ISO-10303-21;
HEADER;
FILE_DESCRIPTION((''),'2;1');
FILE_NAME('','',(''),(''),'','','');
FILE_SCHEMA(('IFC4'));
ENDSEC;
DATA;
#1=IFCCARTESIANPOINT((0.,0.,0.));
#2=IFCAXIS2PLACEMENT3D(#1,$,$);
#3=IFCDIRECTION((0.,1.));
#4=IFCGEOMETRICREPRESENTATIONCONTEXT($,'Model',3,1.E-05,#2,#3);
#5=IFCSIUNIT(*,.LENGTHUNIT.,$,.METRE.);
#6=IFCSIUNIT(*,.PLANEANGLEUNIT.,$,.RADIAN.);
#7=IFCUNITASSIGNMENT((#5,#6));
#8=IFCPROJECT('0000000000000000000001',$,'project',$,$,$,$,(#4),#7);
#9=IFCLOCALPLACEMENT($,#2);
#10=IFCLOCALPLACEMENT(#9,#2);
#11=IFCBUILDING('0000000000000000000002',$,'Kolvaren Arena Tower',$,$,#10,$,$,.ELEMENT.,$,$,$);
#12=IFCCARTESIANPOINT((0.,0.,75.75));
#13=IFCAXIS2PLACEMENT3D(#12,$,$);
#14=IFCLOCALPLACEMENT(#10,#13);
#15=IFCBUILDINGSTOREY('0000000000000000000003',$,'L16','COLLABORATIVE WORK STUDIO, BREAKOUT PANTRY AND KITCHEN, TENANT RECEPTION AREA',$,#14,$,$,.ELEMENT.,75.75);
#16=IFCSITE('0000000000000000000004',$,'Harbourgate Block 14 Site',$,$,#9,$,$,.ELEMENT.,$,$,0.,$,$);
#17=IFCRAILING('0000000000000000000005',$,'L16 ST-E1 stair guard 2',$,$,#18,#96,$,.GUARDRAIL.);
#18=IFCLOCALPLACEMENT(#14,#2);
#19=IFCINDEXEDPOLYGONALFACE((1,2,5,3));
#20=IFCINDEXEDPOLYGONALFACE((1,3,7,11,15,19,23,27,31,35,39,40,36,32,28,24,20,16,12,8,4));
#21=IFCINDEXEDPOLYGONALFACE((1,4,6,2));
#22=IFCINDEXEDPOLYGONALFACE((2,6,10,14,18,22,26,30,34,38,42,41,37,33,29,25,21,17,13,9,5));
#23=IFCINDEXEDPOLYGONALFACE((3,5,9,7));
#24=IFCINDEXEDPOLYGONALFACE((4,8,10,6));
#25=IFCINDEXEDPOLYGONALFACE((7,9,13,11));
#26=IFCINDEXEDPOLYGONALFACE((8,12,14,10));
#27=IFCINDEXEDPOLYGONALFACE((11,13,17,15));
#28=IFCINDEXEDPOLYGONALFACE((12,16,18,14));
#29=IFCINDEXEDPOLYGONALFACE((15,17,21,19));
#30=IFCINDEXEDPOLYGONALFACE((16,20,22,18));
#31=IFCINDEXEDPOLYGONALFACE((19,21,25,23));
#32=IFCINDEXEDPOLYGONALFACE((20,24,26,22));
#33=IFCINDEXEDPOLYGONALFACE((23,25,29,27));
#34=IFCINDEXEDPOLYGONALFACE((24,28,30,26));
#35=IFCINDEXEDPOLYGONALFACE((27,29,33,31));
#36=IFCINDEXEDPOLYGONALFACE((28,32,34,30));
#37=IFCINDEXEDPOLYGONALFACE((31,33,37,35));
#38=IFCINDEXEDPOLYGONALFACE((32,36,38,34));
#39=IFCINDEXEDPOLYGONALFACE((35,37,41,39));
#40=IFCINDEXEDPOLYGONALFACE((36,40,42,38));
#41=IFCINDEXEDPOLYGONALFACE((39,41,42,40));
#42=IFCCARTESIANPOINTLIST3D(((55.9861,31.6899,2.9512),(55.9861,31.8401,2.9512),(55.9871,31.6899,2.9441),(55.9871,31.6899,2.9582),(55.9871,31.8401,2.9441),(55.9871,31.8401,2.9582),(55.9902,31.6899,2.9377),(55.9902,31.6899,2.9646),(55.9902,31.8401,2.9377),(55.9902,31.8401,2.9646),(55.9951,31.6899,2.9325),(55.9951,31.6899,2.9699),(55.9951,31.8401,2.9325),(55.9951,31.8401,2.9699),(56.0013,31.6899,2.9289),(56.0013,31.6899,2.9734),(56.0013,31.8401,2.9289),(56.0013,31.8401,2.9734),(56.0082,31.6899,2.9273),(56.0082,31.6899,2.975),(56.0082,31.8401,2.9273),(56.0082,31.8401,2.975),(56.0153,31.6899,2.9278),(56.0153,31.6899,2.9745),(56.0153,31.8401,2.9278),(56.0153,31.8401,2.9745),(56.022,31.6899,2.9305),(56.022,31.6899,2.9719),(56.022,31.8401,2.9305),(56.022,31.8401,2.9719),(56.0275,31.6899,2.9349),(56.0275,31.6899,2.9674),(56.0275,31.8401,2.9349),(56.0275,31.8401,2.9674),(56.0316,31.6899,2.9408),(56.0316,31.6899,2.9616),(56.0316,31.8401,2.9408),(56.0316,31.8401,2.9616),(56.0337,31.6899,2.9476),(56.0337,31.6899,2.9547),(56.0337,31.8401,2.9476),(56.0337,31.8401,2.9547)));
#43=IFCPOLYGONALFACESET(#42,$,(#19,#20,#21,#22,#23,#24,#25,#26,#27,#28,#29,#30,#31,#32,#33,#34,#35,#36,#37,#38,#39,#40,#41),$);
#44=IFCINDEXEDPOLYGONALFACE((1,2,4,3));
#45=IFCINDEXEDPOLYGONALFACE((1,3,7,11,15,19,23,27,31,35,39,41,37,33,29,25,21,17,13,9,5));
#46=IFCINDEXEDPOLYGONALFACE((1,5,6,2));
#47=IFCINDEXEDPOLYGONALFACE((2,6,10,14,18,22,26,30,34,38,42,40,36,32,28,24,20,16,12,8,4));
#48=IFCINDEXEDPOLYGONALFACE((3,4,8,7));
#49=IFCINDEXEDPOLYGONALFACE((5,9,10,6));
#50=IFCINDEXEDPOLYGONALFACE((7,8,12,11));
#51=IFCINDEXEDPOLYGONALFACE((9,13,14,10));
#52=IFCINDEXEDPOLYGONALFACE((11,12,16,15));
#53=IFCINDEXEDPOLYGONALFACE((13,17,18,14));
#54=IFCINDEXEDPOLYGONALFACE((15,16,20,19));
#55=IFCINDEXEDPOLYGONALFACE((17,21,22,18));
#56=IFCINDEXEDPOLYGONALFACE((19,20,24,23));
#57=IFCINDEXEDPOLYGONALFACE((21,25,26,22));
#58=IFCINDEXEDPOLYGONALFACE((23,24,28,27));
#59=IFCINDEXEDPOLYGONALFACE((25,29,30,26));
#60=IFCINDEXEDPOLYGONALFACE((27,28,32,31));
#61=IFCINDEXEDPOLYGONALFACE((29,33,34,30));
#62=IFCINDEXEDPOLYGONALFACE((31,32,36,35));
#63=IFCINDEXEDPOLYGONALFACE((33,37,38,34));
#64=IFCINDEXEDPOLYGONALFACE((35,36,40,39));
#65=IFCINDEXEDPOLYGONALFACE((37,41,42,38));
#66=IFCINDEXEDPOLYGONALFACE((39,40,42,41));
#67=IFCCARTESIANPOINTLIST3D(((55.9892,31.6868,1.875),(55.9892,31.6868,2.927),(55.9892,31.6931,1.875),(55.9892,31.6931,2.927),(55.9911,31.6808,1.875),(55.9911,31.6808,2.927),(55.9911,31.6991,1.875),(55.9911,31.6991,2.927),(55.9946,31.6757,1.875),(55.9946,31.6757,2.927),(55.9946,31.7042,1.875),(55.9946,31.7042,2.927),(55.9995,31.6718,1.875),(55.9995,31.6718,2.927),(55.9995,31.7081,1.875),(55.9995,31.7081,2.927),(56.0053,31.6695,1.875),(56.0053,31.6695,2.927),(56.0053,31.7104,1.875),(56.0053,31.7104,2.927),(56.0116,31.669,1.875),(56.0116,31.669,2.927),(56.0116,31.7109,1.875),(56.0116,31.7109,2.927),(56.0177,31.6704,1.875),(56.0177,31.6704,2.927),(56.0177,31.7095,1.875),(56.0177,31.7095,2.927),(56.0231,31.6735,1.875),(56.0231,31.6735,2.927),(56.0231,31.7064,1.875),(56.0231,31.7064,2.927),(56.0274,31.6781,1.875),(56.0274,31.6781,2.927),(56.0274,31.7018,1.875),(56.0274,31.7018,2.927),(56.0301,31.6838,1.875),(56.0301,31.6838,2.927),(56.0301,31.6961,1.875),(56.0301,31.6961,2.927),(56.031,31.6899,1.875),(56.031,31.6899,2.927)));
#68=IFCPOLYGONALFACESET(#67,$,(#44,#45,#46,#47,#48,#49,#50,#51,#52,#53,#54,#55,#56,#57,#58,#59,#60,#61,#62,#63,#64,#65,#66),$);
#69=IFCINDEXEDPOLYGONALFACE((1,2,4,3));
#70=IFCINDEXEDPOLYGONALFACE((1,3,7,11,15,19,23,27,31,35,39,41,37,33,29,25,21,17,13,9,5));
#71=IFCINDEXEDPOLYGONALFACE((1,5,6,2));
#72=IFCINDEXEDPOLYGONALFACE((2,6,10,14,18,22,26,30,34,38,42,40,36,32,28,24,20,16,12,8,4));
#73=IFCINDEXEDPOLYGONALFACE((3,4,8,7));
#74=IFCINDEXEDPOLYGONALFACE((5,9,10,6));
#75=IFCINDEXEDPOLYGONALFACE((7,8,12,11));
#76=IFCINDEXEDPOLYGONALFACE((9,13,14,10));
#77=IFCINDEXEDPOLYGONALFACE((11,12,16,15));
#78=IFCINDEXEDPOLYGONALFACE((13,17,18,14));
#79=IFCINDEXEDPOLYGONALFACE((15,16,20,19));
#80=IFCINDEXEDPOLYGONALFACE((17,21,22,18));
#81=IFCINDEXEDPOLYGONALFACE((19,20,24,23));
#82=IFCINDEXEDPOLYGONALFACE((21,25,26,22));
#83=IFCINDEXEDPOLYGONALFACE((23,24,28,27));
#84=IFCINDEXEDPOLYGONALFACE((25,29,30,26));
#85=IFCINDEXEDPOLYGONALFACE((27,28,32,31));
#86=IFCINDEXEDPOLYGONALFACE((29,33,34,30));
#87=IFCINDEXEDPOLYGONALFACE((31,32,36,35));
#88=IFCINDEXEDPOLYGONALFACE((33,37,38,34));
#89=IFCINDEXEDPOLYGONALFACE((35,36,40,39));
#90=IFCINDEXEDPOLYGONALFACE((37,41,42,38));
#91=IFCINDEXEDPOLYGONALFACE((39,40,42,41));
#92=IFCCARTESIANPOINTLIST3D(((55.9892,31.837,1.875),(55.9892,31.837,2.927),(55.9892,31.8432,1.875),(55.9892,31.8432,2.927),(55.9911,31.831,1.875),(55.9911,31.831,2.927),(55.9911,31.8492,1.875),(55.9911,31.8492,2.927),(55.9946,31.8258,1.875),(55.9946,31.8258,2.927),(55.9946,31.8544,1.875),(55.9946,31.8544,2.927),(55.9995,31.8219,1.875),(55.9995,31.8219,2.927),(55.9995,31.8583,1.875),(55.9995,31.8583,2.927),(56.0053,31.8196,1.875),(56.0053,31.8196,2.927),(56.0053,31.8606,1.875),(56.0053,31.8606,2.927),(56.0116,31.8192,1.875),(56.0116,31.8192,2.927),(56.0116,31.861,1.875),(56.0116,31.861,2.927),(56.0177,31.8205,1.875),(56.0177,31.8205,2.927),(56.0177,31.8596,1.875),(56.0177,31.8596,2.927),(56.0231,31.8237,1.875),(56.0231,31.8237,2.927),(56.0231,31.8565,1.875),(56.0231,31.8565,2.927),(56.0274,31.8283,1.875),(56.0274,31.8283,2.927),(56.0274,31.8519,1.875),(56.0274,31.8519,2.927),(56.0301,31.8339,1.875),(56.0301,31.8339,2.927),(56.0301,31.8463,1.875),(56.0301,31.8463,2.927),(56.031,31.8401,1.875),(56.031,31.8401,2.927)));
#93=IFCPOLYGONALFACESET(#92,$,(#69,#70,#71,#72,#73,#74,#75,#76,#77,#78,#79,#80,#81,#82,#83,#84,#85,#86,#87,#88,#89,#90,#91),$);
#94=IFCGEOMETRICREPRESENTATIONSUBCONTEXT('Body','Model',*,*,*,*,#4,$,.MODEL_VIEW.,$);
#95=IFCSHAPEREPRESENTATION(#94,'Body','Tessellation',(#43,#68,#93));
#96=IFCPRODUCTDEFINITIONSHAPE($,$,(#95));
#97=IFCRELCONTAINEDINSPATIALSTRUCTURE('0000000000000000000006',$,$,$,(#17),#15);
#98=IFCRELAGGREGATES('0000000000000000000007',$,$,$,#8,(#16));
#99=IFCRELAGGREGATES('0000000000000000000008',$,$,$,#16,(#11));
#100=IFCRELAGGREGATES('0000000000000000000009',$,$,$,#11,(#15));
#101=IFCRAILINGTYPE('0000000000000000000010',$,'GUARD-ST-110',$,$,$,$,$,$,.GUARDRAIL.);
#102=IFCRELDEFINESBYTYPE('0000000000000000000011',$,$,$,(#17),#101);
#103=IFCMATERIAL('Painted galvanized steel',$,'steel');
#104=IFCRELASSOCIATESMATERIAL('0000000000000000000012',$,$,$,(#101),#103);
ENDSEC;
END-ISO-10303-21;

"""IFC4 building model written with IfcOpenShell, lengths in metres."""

from ifc_helpers import new_model, si_unit, direction, frame, origin, origin_2d, place, context, subcontext, project, spatial, circle, extrude, material, type_object, element, save


model = new_model("IFC4")

# Units and contexts
model_context = context("Model", 3, precision=1e-05, world=origin(), true_north=direction((0.0, 1.0)))
body_context = subcontext(model_context, "Body", "Model", "MODEL_VIEW")
ifc_project = project(units=[si_unit("LENGTHUNIT", "METRE"), si_unit("PLANEANGLEUNIT", "RADIAN")], contexts=[model_context])

# Site, building, storey
site_placement = place(None, origin())
site = spatial("IfcSite", under=ifc_project, at=site_placement, Name="Harbourgate Block 14 Site", CompositionType="ELEMENT", RefElevation=0.0)
building_placement = place(site_placement, origin())
building = spatial("IfcBuilding", under=site, at=building_placement, Name="Kolvaren Arena Tower", CompositionType="ELEMENT")
storey_placement = place(building_placement, frame((0.0, 0.0, 75.75)))
storey = spatial("IfcBuildingStorey", under=building, at=storey_placement, Name="L16", Description="COLLABORATIVE WORK STUDIO, BREAKOUT PANTRY AND KITCHEN, TENANT RECEPTION AREA", CompositionType="ELEMENT", Elevation=75.75)

# Railing
ifc_material_1 = material(Name="Painted galvanized steel", Category="steel")
railing_type_1 = type_object("IfcRailingType", Name="GUARD-ST-110", PredefinedType="GUARDRAIL", material=ifc_material_1)
railing_1_placement = place(storey_placement, frame((56.01, 31.6899, 1.875)))
element("IfcRailing", 1, at=railing_1_placement, inside=storey, type_object=railing_type_1, Name="L16 ST-E1 stair guard 2", PredefinedType="GUARDRAIL", context=body_context, shape_type="SweptSolid", body=[
    extrude(circle(Radius=0.0239, at=origin_2d()), frame((0.0, 0.0, 1.0762), z_axis=(0.0, 1.0, 0.0), x_axis=(-1.0, 0.0, 0.0)), (0.0, 0.0, 1.0), 0.1501),
    extrude(circle(Radius=0.021, at=origin_2d()), origin(), (0.0, 0.0, 1.0), 1.052),
    extrude(circle(Radius=0.021, at=origin_2d()), frame((0.0, 0.1501, 0.0)), (0.0, 0.0, 1.0), 1.052),
])

save(model, "model.ifc")
